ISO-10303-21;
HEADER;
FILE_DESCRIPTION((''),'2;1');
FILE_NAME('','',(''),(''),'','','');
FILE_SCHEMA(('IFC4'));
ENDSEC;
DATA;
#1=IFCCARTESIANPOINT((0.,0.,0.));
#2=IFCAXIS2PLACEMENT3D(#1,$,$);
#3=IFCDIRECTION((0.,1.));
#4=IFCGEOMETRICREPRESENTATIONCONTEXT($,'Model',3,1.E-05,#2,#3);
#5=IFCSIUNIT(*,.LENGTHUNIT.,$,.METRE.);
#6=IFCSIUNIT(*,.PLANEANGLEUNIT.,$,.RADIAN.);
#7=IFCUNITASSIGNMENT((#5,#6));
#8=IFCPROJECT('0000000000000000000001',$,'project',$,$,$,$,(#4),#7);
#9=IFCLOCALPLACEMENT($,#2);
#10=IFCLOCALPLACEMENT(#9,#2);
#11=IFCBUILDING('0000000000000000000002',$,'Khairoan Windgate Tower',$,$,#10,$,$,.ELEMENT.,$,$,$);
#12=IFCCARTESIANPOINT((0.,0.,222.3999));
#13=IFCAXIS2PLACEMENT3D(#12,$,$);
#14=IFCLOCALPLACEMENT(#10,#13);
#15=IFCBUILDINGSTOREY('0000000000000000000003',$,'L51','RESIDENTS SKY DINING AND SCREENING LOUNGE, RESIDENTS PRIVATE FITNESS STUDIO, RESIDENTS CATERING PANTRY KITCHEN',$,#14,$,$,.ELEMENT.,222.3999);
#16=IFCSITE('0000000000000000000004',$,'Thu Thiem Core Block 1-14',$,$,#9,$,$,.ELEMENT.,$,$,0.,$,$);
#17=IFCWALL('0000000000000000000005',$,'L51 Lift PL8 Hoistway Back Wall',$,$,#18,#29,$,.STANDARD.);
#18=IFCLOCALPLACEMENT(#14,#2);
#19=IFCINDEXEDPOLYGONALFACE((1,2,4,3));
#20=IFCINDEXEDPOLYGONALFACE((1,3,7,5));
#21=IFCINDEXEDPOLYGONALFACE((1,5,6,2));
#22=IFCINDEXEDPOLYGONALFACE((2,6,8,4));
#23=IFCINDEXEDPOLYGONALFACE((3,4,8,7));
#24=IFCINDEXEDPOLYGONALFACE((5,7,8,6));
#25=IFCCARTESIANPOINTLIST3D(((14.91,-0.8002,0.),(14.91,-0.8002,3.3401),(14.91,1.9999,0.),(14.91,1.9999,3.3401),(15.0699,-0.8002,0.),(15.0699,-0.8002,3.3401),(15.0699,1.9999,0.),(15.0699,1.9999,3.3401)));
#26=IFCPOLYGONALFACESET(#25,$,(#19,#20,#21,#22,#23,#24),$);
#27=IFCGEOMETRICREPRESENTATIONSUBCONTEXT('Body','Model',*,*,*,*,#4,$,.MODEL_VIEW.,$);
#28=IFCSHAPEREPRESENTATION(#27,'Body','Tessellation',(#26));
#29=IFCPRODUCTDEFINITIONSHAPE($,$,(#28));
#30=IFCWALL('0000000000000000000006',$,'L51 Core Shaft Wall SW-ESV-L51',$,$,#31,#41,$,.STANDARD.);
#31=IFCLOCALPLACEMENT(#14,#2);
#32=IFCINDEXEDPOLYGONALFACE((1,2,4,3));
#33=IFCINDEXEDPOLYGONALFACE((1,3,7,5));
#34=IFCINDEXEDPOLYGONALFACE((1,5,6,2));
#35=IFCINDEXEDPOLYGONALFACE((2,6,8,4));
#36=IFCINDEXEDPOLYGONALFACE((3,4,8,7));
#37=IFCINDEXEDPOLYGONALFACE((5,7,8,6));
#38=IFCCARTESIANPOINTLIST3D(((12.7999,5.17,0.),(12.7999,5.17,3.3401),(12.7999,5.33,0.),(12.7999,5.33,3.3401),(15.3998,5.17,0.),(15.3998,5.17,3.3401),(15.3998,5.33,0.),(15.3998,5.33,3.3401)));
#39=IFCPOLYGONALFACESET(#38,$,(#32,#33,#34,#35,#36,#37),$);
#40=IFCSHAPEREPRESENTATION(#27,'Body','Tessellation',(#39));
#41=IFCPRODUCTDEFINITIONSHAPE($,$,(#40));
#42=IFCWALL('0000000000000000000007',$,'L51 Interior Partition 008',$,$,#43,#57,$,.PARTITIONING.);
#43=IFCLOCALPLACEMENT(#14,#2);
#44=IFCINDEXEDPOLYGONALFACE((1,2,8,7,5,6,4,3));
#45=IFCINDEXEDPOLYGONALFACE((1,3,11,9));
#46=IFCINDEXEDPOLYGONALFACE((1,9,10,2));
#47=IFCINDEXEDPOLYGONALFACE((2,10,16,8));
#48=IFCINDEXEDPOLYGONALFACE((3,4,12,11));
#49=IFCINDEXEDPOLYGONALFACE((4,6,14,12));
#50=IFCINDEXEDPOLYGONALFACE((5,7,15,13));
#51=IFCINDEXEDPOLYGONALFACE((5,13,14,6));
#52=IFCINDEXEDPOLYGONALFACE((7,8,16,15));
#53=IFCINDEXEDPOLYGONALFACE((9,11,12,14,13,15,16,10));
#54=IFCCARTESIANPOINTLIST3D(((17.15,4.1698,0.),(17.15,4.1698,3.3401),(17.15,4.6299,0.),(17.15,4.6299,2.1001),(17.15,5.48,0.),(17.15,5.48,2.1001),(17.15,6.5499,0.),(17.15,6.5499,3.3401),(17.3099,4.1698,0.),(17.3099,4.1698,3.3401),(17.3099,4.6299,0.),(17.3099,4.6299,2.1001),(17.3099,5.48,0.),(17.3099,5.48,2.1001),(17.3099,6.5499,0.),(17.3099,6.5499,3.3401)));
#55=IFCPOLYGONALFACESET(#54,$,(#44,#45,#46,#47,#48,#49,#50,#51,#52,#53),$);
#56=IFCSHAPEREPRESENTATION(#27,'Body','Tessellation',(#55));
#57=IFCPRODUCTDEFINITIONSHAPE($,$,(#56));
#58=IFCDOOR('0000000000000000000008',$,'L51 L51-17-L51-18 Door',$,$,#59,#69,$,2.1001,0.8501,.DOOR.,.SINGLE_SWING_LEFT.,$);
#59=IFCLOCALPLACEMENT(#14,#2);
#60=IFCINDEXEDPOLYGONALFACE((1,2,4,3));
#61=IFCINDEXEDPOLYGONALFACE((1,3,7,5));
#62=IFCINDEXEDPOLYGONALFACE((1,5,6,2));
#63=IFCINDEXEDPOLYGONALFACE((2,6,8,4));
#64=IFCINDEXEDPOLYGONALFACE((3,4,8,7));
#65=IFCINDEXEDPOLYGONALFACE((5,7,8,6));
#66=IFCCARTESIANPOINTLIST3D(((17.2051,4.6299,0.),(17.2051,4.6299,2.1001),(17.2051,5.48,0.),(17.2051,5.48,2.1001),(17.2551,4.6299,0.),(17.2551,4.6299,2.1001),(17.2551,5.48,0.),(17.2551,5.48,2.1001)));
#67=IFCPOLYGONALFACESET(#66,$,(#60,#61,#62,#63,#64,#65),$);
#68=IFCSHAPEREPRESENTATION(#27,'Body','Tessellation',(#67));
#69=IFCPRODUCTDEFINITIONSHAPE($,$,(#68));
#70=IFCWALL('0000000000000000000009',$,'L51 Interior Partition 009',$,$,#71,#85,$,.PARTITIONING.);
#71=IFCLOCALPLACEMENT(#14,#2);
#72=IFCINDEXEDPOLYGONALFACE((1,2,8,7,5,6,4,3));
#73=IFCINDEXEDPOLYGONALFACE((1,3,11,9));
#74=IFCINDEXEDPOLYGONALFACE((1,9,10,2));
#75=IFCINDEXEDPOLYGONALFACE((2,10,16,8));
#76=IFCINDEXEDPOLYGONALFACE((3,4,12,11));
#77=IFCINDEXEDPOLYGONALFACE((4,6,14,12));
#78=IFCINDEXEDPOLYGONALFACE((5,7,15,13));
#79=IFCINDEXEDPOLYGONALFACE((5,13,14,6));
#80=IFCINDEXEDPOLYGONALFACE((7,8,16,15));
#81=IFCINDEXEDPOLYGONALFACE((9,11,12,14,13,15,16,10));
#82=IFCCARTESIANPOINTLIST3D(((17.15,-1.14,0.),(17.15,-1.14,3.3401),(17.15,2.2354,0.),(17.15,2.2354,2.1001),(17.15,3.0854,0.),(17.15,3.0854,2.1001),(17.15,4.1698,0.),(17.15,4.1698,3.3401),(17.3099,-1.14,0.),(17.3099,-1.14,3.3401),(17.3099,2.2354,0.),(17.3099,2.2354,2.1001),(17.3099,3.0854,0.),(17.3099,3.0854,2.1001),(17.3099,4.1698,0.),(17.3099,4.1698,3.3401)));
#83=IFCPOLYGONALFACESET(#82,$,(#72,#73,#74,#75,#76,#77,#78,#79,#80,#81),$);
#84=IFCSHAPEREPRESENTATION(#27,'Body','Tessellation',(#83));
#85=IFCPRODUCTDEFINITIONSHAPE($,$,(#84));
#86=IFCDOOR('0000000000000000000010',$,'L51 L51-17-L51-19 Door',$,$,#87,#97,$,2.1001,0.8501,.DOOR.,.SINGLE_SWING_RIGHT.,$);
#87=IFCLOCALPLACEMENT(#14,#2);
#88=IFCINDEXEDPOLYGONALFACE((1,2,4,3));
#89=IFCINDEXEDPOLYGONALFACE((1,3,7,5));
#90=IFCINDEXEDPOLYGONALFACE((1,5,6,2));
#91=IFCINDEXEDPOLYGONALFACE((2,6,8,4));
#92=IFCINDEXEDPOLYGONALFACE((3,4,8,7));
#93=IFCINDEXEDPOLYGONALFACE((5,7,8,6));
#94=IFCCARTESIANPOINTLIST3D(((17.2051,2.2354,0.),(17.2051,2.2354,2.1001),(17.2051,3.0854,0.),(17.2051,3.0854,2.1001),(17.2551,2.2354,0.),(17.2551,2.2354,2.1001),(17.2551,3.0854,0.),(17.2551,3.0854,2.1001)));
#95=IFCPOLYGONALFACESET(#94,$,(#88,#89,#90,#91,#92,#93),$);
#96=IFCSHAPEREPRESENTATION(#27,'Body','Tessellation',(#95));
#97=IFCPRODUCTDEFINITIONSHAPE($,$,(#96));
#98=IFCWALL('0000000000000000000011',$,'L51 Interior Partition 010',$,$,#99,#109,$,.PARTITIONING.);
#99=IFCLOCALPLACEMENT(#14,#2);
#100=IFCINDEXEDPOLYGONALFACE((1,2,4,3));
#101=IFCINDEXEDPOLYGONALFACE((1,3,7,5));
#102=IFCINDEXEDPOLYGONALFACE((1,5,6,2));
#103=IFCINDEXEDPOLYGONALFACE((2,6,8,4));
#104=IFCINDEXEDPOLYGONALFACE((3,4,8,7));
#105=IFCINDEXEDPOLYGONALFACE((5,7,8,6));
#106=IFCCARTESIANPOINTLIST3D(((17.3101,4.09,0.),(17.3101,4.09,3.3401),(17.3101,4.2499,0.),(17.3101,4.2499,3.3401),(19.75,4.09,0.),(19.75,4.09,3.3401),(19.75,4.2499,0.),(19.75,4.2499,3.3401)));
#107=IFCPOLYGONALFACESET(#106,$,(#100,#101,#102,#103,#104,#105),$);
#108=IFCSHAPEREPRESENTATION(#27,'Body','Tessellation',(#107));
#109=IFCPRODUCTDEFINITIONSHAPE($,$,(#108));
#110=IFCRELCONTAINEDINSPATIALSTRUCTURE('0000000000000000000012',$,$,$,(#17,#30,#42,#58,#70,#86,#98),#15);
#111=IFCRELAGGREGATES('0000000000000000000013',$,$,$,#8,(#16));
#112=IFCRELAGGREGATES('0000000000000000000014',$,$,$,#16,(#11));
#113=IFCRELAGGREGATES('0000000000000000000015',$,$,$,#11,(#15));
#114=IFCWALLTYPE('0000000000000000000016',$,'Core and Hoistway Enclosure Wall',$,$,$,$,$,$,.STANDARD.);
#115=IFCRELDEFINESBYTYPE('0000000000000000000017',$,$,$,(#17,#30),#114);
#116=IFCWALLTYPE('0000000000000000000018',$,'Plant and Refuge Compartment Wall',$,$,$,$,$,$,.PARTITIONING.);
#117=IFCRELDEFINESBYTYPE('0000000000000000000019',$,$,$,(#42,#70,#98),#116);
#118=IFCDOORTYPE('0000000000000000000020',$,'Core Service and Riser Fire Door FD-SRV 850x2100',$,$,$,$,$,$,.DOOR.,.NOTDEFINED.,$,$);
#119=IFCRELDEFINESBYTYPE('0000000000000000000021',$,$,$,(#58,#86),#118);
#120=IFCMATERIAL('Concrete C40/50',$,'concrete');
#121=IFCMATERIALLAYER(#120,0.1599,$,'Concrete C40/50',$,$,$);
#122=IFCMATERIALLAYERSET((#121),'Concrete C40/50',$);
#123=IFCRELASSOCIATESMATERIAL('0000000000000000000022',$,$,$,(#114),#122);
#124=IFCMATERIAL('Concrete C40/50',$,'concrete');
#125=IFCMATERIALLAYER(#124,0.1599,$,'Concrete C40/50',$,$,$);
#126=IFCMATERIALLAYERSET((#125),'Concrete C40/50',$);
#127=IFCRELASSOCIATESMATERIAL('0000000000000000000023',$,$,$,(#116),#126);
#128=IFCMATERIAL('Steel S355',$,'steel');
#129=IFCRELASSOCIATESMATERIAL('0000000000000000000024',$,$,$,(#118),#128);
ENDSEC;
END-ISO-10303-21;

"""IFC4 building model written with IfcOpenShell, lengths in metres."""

from ifc_helpers import new_model, si_unit, direction, frame, frame_2d, origin, place, context, subcontext, project, spatial, rectangle, extrude, material, layer, layer_set, type_object, element, fill, save


model = new_model("IFC4")

# Units and contexts
model_context = context("Model", 3, precision=1e-05, world=origin(), true_north=direction((0.0, 1.0)))
body_context = subcontext(model_context, "Body", "Model", "MODEL_VIEW")
ifc_project = project(units=[si_unit("LENGTHUNIT", "METRE"), si_unit("PLANEANGLEUNIT", "RADIAN")], contexts=[model_context])

# Site, building, storey
site_placement = place(None, origin())
site = spatial("IfcSite", under=ifc_project, at=site_placement, Name="Thu Thiem Core Block 1-14", CompositionType="ELEMENT", RefElevation=0.0)
building_placement = place(site_placement, origin())
building = spatial("IfcBuilding", under=site, at=building_placement, Name="Khairoan Windgate Tower", CompositionType="ELEMENT")
storey_placement = place(building_placement, frame((0.0, 0.0, 222.3999)))
storey = spatial("IfcBuildingStorey", under=building, at=storey_placement, Name="L51", Description="RESIDENTS SKY DINING AND SCREENING LOUNGE, RESIDENTS PRIVATE FITNESS STUDIO, RESIDENTS CATERING PANTRY KITCHEN", CompositionType="ELEMENT", Elevation=222.3999)

# Walls
ifc_material_1 = material(Name="Concrete C40/50", Category="concrete")
ifc_layer_1 = layer(ifc_material_1, 0.1599, Name="Concrete C40/50")
ifc_layer_set_1 = layer_set([ifc_layer_1], Name="Concrete C40/50")
wall_type_1 = type_object("IfcWallType", Name="Core and Hoistway Enclosure Wall", PredefinedType="STANDARD", material=ifc_layer_set_1)
wall_1_placement = place(storey_placement, frame((14.99, -0.8, 0.0), z_axis=(0.0, 0.0, 1.0), x_axis=(0.0, 1.0, 0.0)))
element("IfcWall", 1, at=wall_1_placement, inside=storey, type_object=wall_type_1, Name="L51 Lift PL8 Hoistway Back Wall", PredefinedType="STANDARD", context=body_context, shape_type="SweptSolid", body=[
    extrude(rectangle(XDim=2.8, YDim=0.1599, at=frame_2d((1.3999, 0.0))), origin(), (0.0, 0.0, 1.0), 3.3401),
])
wall_2_placement = place(storey_placement, frame((12.8, 5.25, 0.0), z_axis=(0.0, 0.0, 1.0), x_axis=(1.0, 0.0, 0.0)))
element("IfcWall", 2, at=wall_2_placement, inside=storey, type_object=wall_type_1, Name="L51 Core Shaft Wall SW-ESV-L51", PredefinedType="STANDARD", context=body_context, shape_type="SweptSolid", body=[
    extrude(rectangle(XDim=2.5999, YDim=0.1599, at=frame_2d((1.2998, 0.0))), origin(), (0.0, 0.0, 1.0), 3.3401),
])

# Walls, openings, doors
ifc_material_2 = material(Name="Concrete C40/50", Category="concrete")
ifc_layer_2 = layer(ifc_material_2, 0.1599, Name="Concrete C40/50")
ifc_layer_set_2 = layer_set([ifc_layer_2], Name="Concrete C40/50")
wall_type_2 = type_object("IfcWallType", Name="Plant and Refuge Compartment Wall", PredefinedType="PARTITIONING", material=ifc_layer_set_2)
wall_3_placement = place(storey_placement, frame((17.23, 4.1699, 0.0), z_axis=(0.0, 0.0, 1.0), x_axis=(0.0, 1.0, 0.0)))
wall_3 = element("IfcWall", 3, at=wall_3_placement, inside=storey, type_object=wall_type_2, Name="L51 Interior Partition 008", PredefinedType="PARTITIONING", context=body_context, shape_type="SweptSolid", body=[
    extrude(rectangle(XDim=2.3801, YDim=0.1599, at=frame_2d((1.1899, 0.0))), origin(), (0.0, 0.0, 1.0), 3.3401),
])
opening_1_placement = place(wall_3_placement, frame((0.46, 0.0, 0.0)))
opening_1 = element("IfcOpeningElement", 4, at=opening_1_placement, cuts=wall_3, PredefinedType="OPENING", context=body_context, shape_type="SweptSolid", body=[
    extrude(rectangle(XDim=0.8501, YDim=2.1001, at=frame_2d((0.425, 1.05))), frame((0.0, 0.0898, 0.0), z_axis=(0.0, -1.0, 0.0), x_axis=(1.0, 0.0, 0.0)), (0.0, 0.0, 1.0), 0.1799),
])
ifc_material_3 = material(Name="Steel S355", Category="steel")
door_type = type_object("IfcDoorType", Name="Core Service and Riser Fire Door FD-SRV 850x2100", OperationType="NOTDEFINED", PredefinedType="DOOR", material=ifc_material_3)
door_1_placement = place(opening_1_placement, origin())
door_1 = element("IfcDoor", 5, at=door_1_placement, inside=storey, type_object=door_type, Name="L51 L51-17-L51-18 Door", OperationType="SINGLE_SWING_LEFT", OverallHeight=2.1001, OverallWidth=0.8501, PredefinedType="DOOR", context=body_context, shape_type="SweptSolid", body=[
    extrude(rectangle(XDim=0.8501, YDim=2.1001, at=frame_2d((0.425, 1.05))), frame((0.0, 0.0249, 0.0), z_axis=(0.0, -1.0, 0.0), x_axis=(1.0, 0.0, 0.0)), (0.0, 0.0, 1.0), 0.05),
])
fill(opening_1, door_1)
wall_4_placement = place(storey_placement, frame((17.23, -1.1399, 0.0), z_axis=(0.0, 0.0, 1.0), x_axis=(0.0, 1.0, 0.0)))
wall_4 = element("IfcWall", 6, at=wall_4_placement, inside=storey, type_object=wall_type_2, Name="L51 Interior Partition 009", PredefinedType="PARTITIONING", context=body_context, shape_type="SweptSolid", body=[
    extrude(rectangle(XDim=5.3098, YDim=0.1599, at=frame_2d((2.6548, 0.0))), origin(), (0.0, 0.0, 1.0), 3.3401),
])
opening_2_placement = place(wall_4_placement, frame((3.3752, 0.0, 0.0)))
opening_2 = element("IfcOpeningElement", 7, at=opening_2_placement, cuts=wall_4, PredefinedType="OPENING", context=body_context, shape_type="SweptSolid", body=[
    extrude(rectangle(XDim=0.8501, YDim=2.1001, at=frame_2d((0.425, 1.05))), frame((0.0, 0.0898, 0.0), z_axis=(0.0, -1.0, 0.0), x_axis=(1.0, 0.0, 0.0)), (0.0, 0.0, 1.0), 0.1799),
])
door_2_placement = place(opening_2_placement, origin())
door_2 = element("IfcDoor", 8, at=door_2_placement, inside=storey, type_object=door_type, Name="L51 L51-17-L51-19 Door", OperationType="SINGLE_SWING_RIGHT", OverallHeight=2.1001, OverallWidth=0.8501, PredefinedType="DOOR", context=body_context, shape_type="SweptSolid", body=[
    extrude(rectangle(XDim=0.8501, YDim=2.1001, at=frame_2d((0.425, 1.05))), frame((0.0, 0.0249, 0.0), z_axis=(0.0, -1.0, 0.0), x_axis=(1.0, 0.0, 0.0)), (0.0, 0.0, 1.0), 0.05),
])
fill(opening_2, door_2)

# Wall
wall_5_placement = place(storey_placement, frame((17.3101, 4.1699, 0.0), z_axis=(0.0, 0.0, 1.0), x_axis=(1.0, 0.0, 0.0)))
element("IfcWall", 9, at=wall_5_placement, inside=storey, type_object=wall_type_2, Name="L51 Interior Partition 010", PredefinedType="PARTITIONING", context=body_context, shape_type="SweptSolid", body=[
    extrude(rectangle(XDim=2.4399, YDim=0.1599, at=frame_2d((1.22, 0.0))), origin(), (0.0, 0.0, 1.0), 3.3401),
])

save(model, "model.ifc")
